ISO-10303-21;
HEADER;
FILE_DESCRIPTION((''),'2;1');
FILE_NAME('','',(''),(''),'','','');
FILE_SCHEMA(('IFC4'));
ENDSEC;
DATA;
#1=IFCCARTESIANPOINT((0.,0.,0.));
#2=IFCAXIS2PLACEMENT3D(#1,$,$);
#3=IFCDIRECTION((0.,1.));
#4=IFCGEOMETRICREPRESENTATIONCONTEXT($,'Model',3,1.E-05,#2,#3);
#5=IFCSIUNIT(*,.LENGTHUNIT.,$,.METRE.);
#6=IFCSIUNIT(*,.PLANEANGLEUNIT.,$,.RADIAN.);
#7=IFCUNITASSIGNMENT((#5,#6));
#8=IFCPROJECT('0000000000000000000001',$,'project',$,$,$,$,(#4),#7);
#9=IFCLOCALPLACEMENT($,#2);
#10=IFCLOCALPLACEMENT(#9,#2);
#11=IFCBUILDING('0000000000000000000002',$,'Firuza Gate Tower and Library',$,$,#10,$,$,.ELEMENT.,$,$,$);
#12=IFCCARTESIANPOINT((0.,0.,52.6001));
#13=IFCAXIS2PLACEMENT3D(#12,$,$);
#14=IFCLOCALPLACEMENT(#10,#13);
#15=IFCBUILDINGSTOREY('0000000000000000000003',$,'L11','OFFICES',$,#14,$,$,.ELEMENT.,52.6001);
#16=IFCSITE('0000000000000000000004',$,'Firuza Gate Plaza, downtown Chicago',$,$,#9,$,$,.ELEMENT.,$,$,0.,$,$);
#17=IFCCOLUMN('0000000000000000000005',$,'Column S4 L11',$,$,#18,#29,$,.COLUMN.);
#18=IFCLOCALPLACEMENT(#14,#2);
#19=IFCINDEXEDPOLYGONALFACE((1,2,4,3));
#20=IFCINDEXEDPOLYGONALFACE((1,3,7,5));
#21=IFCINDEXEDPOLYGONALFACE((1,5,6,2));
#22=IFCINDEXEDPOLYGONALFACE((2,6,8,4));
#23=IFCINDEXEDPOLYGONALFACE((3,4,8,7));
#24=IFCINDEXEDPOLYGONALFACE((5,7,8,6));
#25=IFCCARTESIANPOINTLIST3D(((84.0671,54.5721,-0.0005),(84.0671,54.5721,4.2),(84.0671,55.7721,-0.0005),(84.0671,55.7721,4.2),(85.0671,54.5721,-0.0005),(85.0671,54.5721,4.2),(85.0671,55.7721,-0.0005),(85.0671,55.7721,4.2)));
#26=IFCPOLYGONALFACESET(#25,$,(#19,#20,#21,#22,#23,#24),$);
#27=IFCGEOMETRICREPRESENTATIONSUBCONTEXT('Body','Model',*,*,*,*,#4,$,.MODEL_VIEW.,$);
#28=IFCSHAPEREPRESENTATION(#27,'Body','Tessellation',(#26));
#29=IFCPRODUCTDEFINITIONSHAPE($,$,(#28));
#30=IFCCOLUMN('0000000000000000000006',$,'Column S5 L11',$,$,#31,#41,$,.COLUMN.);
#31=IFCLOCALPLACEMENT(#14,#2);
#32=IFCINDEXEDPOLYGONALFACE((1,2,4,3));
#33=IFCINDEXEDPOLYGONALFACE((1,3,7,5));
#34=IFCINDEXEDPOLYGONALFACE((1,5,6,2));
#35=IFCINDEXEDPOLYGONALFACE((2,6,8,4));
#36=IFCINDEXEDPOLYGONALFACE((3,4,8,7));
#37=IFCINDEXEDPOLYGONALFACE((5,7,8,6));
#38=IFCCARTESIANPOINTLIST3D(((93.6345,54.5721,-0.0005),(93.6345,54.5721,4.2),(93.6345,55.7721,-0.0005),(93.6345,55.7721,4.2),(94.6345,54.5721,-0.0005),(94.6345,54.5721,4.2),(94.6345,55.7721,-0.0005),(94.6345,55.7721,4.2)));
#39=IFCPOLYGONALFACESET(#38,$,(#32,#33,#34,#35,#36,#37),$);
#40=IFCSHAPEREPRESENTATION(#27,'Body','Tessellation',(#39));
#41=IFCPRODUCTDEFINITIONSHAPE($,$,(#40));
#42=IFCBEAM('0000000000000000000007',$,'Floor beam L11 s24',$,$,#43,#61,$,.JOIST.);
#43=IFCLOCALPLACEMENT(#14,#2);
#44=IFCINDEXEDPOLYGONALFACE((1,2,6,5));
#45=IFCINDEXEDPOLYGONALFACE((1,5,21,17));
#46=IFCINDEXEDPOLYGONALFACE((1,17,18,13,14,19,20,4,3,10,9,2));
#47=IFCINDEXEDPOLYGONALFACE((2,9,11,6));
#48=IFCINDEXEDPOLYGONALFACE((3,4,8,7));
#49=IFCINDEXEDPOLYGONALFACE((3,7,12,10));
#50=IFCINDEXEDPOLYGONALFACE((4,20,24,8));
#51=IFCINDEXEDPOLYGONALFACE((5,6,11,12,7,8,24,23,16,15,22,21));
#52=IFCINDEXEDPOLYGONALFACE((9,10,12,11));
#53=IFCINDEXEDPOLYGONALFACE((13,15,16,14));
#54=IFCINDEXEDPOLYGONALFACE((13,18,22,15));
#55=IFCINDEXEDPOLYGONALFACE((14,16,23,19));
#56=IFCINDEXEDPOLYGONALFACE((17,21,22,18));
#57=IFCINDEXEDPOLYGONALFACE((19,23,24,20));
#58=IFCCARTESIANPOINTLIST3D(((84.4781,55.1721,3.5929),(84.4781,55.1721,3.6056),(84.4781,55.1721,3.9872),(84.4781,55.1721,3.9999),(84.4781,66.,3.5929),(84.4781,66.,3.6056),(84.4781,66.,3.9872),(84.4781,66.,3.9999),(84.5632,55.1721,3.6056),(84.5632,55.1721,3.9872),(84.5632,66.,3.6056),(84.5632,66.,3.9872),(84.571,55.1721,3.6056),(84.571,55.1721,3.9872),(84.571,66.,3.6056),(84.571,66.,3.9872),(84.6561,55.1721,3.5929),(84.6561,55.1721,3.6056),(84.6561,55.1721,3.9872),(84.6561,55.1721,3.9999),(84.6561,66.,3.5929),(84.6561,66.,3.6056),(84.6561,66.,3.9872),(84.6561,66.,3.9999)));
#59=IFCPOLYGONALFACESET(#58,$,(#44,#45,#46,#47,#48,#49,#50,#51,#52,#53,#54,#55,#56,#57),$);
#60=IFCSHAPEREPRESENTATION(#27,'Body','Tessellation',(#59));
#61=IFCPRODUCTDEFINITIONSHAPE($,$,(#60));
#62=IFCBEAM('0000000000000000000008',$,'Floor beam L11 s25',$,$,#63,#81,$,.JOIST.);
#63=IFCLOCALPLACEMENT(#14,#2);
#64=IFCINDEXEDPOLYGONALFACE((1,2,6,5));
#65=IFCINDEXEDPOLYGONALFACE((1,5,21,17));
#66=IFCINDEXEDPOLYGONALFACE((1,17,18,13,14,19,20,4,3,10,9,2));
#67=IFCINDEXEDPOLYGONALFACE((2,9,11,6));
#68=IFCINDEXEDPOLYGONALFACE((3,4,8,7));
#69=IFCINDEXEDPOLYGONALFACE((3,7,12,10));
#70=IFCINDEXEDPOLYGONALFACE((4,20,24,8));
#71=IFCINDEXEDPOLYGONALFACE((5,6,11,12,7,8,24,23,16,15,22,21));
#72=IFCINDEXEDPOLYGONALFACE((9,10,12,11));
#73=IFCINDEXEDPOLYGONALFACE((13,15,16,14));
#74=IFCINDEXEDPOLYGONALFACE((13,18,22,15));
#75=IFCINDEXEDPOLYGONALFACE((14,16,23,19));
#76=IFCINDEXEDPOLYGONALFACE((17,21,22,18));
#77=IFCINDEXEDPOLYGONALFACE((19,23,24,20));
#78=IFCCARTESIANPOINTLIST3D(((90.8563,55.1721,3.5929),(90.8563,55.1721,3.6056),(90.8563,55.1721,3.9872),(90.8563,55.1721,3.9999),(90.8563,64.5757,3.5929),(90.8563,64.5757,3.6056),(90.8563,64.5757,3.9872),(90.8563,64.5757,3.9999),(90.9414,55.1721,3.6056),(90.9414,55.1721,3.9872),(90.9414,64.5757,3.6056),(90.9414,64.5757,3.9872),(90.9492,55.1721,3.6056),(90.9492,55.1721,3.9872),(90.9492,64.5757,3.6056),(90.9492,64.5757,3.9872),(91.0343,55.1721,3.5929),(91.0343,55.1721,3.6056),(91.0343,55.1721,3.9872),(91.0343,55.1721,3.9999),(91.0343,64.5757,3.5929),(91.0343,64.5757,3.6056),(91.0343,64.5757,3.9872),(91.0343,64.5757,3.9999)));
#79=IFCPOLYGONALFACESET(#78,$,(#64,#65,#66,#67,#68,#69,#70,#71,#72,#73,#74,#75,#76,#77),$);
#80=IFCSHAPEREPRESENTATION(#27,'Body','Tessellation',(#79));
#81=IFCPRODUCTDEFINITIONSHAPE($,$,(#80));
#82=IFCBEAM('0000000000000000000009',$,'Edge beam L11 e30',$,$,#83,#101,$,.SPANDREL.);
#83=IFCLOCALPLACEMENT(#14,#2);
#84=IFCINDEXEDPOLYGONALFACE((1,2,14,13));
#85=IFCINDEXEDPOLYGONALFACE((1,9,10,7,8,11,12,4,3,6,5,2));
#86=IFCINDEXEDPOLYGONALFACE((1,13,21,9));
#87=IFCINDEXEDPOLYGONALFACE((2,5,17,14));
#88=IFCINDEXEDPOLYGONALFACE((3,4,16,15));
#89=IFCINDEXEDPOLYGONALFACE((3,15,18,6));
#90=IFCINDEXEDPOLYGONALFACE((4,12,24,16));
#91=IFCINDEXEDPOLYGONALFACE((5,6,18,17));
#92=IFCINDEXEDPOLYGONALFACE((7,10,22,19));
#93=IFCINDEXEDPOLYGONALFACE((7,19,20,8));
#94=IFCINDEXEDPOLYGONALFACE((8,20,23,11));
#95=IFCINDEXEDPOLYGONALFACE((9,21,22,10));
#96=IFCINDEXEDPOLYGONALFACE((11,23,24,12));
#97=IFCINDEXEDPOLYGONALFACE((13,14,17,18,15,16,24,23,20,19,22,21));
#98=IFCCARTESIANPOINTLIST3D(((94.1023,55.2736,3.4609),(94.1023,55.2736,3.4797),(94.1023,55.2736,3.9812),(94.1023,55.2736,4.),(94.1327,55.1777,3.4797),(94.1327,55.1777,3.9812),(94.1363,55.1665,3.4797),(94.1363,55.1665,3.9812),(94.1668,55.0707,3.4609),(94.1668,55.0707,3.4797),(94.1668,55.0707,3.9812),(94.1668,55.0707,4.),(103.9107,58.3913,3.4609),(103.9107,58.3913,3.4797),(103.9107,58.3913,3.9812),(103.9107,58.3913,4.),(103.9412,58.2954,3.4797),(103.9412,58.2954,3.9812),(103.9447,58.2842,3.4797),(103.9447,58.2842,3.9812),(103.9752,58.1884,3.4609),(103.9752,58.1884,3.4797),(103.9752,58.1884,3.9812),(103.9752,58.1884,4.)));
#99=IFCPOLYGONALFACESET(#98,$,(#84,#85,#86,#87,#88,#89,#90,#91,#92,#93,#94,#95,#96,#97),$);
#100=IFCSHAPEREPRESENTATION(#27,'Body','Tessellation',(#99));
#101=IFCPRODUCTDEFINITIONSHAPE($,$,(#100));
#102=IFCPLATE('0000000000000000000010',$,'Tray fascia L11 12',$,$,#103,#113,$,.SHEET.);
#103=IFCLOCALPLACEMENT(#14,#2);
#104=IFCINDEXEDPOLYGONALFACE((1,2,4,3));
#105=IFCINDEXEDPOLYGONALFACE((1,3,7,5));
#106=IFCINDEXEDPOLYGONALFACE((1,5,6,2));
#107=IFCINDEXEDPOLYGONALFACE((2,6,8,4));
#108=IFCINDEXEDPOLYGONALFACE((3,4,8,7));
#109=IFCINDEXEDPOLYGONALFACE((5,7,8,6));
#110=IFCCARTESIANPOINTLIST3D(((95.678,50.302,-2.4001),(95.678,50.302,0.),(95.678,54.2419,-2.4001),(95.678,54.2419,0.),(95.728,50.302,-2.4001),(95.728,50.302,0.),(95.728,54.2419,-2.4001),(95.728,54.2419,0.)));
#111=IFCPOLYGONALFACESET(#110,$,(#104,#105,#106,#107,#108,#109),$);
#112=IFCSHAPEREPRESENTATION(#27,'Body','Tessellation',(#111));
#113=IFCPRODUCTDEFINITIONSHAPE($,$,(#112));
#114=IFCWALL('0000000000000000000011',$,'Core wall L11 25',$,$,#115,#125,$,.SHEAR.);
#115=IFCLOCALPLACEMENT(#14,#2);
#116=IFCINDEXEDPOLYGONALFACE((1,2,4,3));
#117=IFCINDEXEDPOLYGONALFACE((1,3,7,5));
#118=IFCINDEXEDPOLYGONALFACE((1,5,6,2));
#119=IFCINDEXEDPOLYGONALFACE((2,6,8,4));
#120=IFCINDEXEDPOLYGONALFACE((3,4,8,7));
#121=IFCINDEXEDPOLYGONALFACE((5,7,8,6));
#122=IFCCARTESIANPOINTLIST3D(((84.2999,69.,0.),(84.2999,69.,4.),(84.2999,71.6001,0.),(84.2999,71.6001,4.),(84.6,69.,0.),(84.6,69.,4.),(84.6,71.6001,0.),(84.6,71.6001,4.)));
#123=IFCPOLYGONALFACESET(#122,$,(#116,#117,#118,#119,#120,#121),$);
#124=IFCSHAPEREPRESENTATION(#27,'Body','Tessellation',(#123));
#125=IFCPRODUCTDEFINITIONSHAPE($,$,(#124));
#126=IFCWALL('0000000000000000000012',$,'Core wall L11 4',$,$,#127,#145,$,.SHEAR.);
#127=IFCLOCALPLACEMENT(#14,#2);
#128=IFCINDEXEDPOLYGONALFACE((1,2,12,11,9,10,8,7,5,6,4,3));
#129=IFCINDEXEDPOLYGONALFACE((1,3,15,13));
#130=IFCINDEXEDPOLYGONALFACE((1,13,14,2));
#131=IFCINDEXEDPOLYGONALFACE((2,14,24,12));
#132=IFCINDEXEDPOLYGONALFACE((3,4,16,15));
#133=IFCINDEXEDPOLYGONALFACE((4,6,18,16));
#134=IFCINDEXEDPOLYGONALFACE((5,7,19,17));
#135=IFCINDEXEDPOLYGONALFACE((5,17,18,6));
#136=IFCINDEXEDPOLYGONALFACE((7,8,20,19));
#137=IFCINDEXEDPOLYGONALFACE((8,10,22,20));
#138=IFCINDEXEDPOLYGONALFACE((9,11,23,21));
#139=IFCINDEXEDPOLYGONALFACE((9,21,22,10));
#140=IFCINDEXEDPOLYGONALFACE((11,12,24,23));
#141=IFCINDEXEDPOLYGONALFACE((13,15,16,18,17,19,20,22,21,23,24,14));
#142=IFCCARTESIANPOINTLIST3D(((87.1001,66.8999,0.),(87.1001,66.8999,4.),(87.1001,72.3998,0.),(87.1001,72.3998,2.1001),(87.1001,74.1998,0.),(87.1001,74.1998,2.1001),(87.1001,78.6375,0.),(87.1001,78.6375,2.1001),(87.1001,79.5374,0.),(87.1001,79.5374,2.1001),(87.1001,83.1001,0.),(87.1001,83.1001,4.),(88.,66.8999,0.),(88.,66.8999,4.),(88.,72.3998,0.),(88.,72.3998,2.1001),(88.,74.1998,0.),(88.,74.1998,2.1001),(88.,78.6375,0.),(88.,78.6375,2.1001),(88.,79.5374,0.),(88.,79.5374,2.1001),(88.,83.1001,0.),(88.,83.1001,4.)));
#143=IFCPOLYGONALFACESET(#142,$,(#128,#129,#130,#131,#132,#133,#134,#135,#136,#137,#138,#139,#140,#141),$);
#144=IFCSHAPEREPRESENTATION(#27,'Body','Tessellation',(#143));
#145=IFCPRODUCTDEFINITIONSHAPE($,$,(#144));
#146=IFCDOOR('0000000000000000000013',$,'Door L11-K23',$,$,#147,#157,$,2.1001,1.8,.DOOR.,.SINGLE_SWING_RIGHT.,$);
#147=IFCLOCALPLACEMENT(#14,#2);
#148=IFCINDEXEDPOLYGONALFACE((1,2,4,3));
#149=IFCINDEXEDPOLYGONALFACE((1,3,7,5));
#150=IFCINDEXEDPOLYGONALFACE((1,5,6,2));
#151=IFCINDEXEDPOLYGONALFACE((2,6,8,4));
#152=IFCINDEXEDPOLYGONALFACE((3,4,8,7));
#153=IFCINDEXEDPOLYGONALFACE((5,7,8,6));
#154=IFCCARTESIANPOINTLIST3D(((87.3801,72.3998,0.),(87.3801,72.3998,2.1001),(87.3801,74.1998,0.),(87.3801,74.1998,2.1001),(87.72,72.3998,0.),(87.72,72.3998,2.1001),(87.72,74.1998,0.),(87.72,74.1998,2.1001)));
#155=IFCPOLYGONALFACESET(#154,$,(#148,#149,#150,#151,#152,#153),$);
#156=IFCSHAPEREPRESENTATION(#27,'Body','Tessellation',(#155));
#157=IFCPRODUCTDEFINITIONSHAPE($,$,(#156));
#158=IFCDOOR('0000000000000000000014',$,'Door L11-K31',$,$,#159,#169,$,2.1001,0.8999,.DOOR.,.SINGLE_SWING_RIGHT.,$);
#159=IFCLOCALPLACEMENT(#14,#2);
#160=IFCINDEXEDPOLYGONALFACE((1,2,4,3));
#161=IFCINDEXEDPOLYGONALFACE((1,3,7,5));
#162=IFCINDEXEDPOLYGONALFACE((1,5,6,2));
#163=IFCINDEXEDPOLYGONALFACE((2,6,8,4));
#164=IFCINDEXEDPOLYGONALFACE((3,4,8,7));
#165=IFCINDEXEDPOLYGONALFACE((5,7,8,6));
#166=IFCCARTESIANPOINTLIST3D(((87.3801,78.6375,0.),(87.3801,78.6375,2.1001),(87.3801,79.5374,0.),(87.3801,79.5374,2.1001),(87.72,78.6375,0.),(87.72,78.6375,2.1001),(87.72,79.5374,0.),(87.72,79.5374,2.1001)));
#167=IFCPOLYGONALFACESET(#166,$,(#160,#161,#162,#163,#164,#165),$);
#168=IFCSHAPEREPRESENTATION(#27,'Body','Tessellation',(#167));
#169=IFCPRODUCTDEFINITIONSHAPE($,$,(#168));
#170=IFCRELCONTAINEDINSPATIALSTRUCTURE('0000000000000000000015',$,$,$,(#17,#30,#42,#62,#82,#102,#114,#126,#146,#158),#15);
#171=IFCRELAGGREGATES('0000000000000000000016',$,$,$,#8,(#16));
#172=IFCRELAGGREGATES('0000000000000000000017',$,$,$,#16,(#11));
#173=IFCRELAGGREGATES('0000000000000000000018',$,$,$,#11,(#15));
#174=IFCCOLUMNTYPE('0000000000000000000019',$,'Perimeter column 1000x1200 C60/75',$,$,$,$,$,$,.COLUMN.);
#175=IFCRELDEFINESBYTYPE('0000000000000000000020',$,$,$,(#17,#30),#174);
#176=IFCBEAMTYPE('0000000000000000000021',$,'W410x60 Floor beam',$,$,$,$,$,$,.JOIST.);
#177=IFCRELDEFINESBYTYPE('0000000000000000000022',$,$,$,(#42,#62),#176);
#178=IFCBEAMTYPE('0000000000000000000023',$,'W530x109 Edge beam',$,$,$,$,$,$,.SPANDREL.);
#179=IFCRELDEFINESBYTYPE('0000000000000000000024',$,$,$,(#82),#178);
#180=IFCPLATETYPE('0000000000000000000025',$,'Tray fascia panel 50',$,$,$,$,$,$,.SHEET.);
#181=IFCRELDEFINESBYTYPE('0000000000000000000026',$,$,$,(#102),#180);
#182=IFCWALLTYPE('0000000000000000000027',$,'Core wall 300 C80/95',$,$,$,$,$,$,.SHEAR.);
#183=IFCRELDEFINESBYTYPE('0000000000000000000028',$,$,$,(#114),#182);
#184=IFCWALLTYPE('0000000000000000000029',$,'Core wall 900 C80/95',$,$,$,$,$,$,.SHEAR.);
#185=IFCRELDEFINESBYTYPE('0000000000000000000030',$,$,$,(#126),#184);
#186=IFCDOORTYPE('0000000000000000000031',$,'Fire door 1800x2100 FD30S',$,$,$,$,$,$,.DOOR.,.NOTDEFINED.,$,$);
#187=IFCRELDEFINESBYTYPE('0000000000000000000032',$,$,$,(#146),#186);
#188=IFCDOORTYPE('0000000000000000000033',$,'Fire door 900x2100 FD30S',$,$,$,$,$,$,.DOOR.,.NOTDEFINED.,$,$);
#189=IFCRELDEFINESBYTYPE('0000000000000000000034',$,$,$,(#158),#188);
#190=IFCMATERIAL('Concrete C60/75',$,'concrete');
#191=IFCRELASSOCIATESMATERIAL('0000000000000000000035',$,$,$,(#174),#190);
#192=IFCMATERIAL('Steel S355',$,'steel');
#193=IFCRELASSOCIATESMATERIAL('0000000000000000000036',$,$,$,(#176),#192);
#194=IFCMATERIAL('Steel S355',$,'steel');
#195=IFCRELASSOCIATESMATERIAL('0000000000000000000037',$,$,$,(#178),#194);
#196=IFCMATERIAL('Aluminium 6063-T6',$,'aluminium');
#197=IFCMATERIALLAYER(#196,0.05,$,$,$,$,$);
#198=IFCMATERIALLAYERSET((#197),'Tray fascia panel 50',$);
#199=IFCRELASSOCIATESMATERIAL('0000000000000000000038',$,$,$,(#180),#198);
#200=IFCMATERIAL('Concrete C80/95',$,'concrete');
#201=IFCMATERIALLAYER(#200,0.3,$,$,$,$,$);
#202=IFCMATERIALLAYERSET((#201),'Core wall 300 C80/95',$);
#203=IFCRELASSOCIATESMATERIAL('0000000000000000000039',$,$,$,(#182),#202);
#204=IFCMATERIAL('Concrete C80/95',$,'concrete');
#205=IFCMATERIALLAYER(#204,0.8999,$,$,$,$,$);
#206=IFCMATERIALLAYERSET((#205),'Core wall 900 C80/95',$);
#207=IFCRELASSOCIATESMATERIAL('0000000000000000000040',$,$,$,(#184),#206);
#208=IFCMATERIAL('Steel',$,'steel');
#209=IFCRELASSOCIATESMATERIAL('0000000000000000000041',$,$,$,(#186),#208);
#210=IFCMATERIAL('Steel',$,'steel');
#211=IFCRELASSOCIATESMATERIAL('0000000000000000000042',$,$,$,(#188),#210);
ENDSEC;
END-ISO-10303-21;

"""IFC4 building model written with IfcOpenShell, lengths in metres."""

from ifc_helpers import new_model, si_unit, direction, frame, frame_2d, origin, origin_2d, place, context, subcontext, project, spatial, polyline, rectangle, i_section, outline, extrude, material, layer, layer_set, material_profile, profile_set, type_object, element, fill, save


model = new_model("IFC4")

# Units and contexts
model_context = context("Model", 3, precision=1e-05, world=origin(), true_north=direction((0.0, 1.0)))
body_context = subcontext(model_context, "Body", "Model", "MODEL_VIEW")
ifc_project = project(units=[si_unit("LENGTHUNIT", "METRE"), si_unit("PLANEANGLEUNIT", "RADIAN")], contexts=[model_context])

# Site, building, storey
site_placement = place(None, origin())
site = spatial("IfcSite", under=ifc_project, at=site_placement, Name="Firuza Gate Plaza, downtown Chicago", CompositionType="ELEMENT", RefElevation=0.0)
building_placement = place(site_placement, origin())
building = spatial("IfcBuilding", under=site, at=building_placement, Name="Firuza Gate Tower and Library", CompositionType="ELEMENT")
storey_placement = place(building_placement, frame((0.0, 0.0, 52.6001)))
storey = spatial("IfcBuildingStorey", under=building, at=storey_placement, Name="L11", Description="OFFICES", CompositionType="ELEMENT", Elevation=52.6001)

# Columns
ifc_material_1 = material(Name="Concrete C60/75", Category="concrete")
ifc_material_profile_1 = material_profile(ifc_material_1, rectangle(XDim=1.0, YDim=1.2, at=origin_2d()))
ifc_profile_set_1 = profile_set([ifc_material_profile_1], Name="Concrete C60/75")
column_type = type_object("IfcColumnType", Name="Perimeter column 1000x1200 C60/75", PredefinedType="COLUMN", material=ifc_profile_set_1)
for number, where, z_axis, x_axis, name in (
    (1, (84.5671, 55.1721, -0.0005), (0.0, 0.0, 1.0), (1.0, 0.0, 0.0), "Column S4 L11"),
    (2, (94.1345, 55.1721, -0.0005), (0.0, 0.0, 1.0), (1.0, 0.0, 0.0), "Column S5 L11"),
):
    element("IfcColumn", number, at=place(storey_placement, frame(where, z_axis=z_axis, x_axis=x_axis)), inside=storey, type_object=column_type, Name=name, PredefinedType="COLUMN", context=body_context, shape_type="SweptSolid", body=[
        extrude(rectangle(XDim=1.0, YDim=1.2, at=origin_2d()), origin(), (0.0, 0.0, 1.0), 4.2004),
    ])

# Beams
ifc_material_2 = material(Name="Steel S355", Category="steel")
ifc_material_profile_2 = material_profile(ifc_material_2, i_section(OverallWidth=0.178, OverallDepth=0.407, WebThickness=0.0078, FlangeThickness=0.0127, at=origin_2d()))
ifc_profile_set_2 = profile_set([ifc_material_profile_2], Name="Steel S355")
beam_type_1 = type_object("IfcBeamType", Name="W410x60 Floor beam", PredefinedType="JOIST", material=ifc_profile_set_2)
beam_1_placement = place(storey_placement, frame((84.5671, 55.1721, 3.7964), z_axis=(0.0, 1.0, 0.0), x_axis=(-1.0, 0.0, 0.0)))
element("IfcBeam", 3, at=beam_1_placement, inside=storey, type_object=beam_type_1, Name="Floor beam L11 s24", PredefinedType="JOIST", context=body_context, shape_type="SweptSolid", body=[
    extrude(i_section(OverallWidth=0.178, OverallDepth=0.407, WebThickness=0.0078, FlangeThickness=0.0127, at=origin_2d()), origin(), (0.0, 0.0, 1.0), 10.8279),
])
beam_2_placement = place(storey_placement, frame((90.9453, 55.1721, 3.7964), z_axis=(0.0, 1.0, 0.0), x_axis=(-1.0, 0.0, 0.0)))
element("IfcBeam", 4, at=beam_2_placement, inside=storey, type_object=beam_type_1, Name="Floor beam L11 s25", PredefinedType="JOIST", context=body_context, shape_type="SweptSolid", body=[
    extrude(i_section(OverallWidth=0.178, OverallDepth=0.407, WebThickness=0.0078, FlangeThickness=0.0127, at=origin_2d()), origin(), (0.0, 0.0, 1.0), 9.4036),
])
ifc_material_3 = material(Name="Steel S355", Category="steel")
ifc_material_profile_3 = material_profile(ifc_material_3, i_section(OverallWidth=0.2129, OverallDepth=0.5391, WebThickness=0.0117, FlangeThickness=0.0188, at=origin_2d()))
ifc_profile_set_3 = profile_set([ifc_material_profile_3], Name="Steel S355")
beam_type_2 = type_object("IfcBeamType", Name="W530x109 Edge beam", PredefinedType="SPANDREL", material=ifc_profile_set_3)
beam_3_placement = place(storey_placement, frame((94.1345, 55.1721, 3.7305), z_axis=(0.953015, 0.302925, 0.0), x_axis=(-0.302925, 0.953015, 0.0)))
element("IfcBeam", 5, at=beam_3_placement, inside=storey, type_object=beam_type_2, Name="Edge beam L11 e30", PredefinedType="SPANDREL", context=body_context, shape_type="SweptSolid", body=[
    extrude(i_section(OverallWidth=0.2129, OverallDepth=0.5391, WebThickness=0.0117, FlangeThickness=0.0188, at=origin_2d()), origin(), (0.0, 0.0, 1.0), 10.292),
])

# Plate
ifc_material_4 = material(Name="Aluminium 6063-T6", Category="aluminium")
ifc_layer_1 = layer(ifc_material_4, 0.05)
ifc_layer_set_1 = layer_set([ifc_layer_1], Name="Tray fascia panel 50")
plate_type = type_object("IfcPlateType", Name="Tray fascia panel 50", PredefinedType="SHEET", material=ifc_layer_set_1)
plate_placement = place(storey_placement, frame((95.678, 54.2419, -2.4001), z_axis=(-1.0, 0.0, 0.0), x_axis=(0.0, -1.0, 0.0)))
element("IfcPlate", 6, at=plate_placement, inside=storey, type_object=plate_type, Name="Tray fascia L11 12", PredefinedType="SHEET", context=body_context, shape_type="SweptSolid", body=[
    extrude(outline(polyline([(0.0, 0.0), (3.9399, 0.0), (3.9399, 2.4001), (0.0, 2.4001), (0.0, 0.0)])), origin(), (0.0, 0.0, -1.0), 0.05),
])

# Wall
ifc_material_5 = material(Name="Concrete C80/95", Category="concrete")
ifc_layer_2 = layer(ifc_material_5, 0.3)
ifc_layer_set_2 = layer_set([ifc_layer_2], Name="Core wall 300 C80/95")
wall_type_1 = type_object("IfcWallType", Name="Core wall 300 C80/95", PredefinedType="SHEAR", material=ifc_layer_set_2)
wall_1_placement = place(storey_placement, frame((84.45, 69.0, 0.0), z_axis=(0.0, 0.0, 1.0), x_axis=(0.0, 1.0, 0.0)))
element("IfcWall", 7, at=wall_1_placement, inside=storey, type_object=wall_type_1, Name="Core wall L11 25", PredefinedType="SHEAR", context=body_context, shape_type="SweptSolid", body=[
    extrude(rectangle(XDim=2.6001, YDim=0.3, at=frame_2d((1.3, 0.0))), origin(), (0.0, 0.0, 1.0), 4.0),
])

# Wall, openings, doors
ifc_material_6 = material(Name="Concrete C80/95", Category="concrete")
ifc_layer_3 = layer(ifc_material_6, 0.8999)
ifc_layer_set_3 = layer_set([ifc_layer_3], Name="Core wall 900 C80/95")
wall_type_2 = type_object("IfcWallType", Name="Core wall 900 C80/95", PredefinedType="SHEAR", material=ifc_layer_set_3)
wall_2_placement = place(storey_placement, frame((87.55, 66.8999, 0.0), z_axis=(0.0, 0.0, 1.0), x_axis=(0.0, 1.0, 0.0)))
wall_2 = element("IfcWall", 8, at=wall_2_placement, inside=storey, type_object=wall_type_2, Name="Core wall L11 4", PredefinedType="SHEAR", context=body_context, shape_type="SweptSolid", body=[
    extrude(rectangle(XDim=16.2002, YDim=0.8999, at=frame_2d((8.1001, 0.0))), origin(), (0.0, 0.0, 1.0), 4.0),
])
opening_1_placement = place(wall_2_placement, frame((5.5, 0.0, 0.0)))
opening_1 = element("IfcOpeningElement", 9, at=opening_1_placement, cuts=wall_2, PredefinedType="OPENING", context=body_context, shape_type="SweptSolid", body=[
    extrude(rectangle(XDim=1.8, YDim=2.1001, at=frame_2d((0.8999, 1.05))), frame((0.0, 0.46, 0.0), z_axis=(0.0, -1.0, 0.0), x_axis=(1.0, 0.0, 0.0)), (0.0, 0.0, 1.0), 0.9199),
])
opening_2_placement = place(wall_2_placement, frame((11.7375, 0.0, 0.0)))
opening_2 = element("IfcOpeningElement", 10, at=opening_2_placement, cuts=wall_2, PredefinedType="OPENING", context=body_context, shape_type="SweptSolid", body=[
    extrude(rectangle(XDim=0.8999, YDim=2.1001, at=frame_2d((0.45, 1.05))), frame((0.0, 0.46, 0.0), z_axis=(0.0, -1.0, 0.0), x_axis=(1.0, 0.0, 0.0)), (0.0, 0.0, 1.0), 0.9199),
])
ifc_material_7 = material(Name="Steel", Category="steel")
door_type_1 = type_object("IfcDoorType", Name="Fire door 1800x2100 FD30S", OperationType="NOTDEFINED", PredefinedType="DOOR", material=ifc_material_7)
door_1_placement = place(opening_1_placement, origin())
door_1 = element("IfcDoor", 11, at=door_1_placement, inside=storey, type_object=door_type_1, Name="Door L11-K23", OperationType="SINGLE_SWING_RIGHT", OverallHeight=2.1001, OverallWidth=1.8, PredefinedType="DOOR", context=body_context, shape_type="SweptSolid", body=[
    extrude(rectangle(XDim=1.8, YDim=2.1001, at=frame_2d((0.8999, 1.05))), frame((0.0, 0.1699, 0.0), z_axis=(0.0, -1.0, 0.0), x_axis=(1.0, 0.0, 0.0)), (0.0, 0.0, 1.0), 0.3398),
])
fill(opening_1, door_1)
ifc_material_8 = material(Name="Steel", Category="steel")
door_type_2 = type_object("IfcDoorType", Name="Fire door 900x2100 FD30S", OperationType="NOTDEFINED", PredefinedType="DOOR", material=ifc_material_8)
door_2_placement = place(opening_2_placement, origin())
door_2 = element("IfcDoor", 12, at=door_2_placement, inside=storey, type_object=door_type_2, Name="Door L11-K31", OperationType="SINGLE_SWING_RIGHT", OverallHeight=2.1001, OverallWidth=0.8999, PredefinedType="DOOR", context=body_context, shape_type="SweptSolid", body=[
    extrude(rectangle(XDim=0.8999, YDim=2.1001, at=frame_2d((0.45, 1.05))), frame((0.0, 0.1699, 0.0), z_axis=(0.0, -1.0, 0.0), x_axis=(1.0, 0.0, 0.0)), (0.0, 0.0, 1.0), 0.3398),
])
fill(opening_2, door_2)

save(model, "model.ifc")
